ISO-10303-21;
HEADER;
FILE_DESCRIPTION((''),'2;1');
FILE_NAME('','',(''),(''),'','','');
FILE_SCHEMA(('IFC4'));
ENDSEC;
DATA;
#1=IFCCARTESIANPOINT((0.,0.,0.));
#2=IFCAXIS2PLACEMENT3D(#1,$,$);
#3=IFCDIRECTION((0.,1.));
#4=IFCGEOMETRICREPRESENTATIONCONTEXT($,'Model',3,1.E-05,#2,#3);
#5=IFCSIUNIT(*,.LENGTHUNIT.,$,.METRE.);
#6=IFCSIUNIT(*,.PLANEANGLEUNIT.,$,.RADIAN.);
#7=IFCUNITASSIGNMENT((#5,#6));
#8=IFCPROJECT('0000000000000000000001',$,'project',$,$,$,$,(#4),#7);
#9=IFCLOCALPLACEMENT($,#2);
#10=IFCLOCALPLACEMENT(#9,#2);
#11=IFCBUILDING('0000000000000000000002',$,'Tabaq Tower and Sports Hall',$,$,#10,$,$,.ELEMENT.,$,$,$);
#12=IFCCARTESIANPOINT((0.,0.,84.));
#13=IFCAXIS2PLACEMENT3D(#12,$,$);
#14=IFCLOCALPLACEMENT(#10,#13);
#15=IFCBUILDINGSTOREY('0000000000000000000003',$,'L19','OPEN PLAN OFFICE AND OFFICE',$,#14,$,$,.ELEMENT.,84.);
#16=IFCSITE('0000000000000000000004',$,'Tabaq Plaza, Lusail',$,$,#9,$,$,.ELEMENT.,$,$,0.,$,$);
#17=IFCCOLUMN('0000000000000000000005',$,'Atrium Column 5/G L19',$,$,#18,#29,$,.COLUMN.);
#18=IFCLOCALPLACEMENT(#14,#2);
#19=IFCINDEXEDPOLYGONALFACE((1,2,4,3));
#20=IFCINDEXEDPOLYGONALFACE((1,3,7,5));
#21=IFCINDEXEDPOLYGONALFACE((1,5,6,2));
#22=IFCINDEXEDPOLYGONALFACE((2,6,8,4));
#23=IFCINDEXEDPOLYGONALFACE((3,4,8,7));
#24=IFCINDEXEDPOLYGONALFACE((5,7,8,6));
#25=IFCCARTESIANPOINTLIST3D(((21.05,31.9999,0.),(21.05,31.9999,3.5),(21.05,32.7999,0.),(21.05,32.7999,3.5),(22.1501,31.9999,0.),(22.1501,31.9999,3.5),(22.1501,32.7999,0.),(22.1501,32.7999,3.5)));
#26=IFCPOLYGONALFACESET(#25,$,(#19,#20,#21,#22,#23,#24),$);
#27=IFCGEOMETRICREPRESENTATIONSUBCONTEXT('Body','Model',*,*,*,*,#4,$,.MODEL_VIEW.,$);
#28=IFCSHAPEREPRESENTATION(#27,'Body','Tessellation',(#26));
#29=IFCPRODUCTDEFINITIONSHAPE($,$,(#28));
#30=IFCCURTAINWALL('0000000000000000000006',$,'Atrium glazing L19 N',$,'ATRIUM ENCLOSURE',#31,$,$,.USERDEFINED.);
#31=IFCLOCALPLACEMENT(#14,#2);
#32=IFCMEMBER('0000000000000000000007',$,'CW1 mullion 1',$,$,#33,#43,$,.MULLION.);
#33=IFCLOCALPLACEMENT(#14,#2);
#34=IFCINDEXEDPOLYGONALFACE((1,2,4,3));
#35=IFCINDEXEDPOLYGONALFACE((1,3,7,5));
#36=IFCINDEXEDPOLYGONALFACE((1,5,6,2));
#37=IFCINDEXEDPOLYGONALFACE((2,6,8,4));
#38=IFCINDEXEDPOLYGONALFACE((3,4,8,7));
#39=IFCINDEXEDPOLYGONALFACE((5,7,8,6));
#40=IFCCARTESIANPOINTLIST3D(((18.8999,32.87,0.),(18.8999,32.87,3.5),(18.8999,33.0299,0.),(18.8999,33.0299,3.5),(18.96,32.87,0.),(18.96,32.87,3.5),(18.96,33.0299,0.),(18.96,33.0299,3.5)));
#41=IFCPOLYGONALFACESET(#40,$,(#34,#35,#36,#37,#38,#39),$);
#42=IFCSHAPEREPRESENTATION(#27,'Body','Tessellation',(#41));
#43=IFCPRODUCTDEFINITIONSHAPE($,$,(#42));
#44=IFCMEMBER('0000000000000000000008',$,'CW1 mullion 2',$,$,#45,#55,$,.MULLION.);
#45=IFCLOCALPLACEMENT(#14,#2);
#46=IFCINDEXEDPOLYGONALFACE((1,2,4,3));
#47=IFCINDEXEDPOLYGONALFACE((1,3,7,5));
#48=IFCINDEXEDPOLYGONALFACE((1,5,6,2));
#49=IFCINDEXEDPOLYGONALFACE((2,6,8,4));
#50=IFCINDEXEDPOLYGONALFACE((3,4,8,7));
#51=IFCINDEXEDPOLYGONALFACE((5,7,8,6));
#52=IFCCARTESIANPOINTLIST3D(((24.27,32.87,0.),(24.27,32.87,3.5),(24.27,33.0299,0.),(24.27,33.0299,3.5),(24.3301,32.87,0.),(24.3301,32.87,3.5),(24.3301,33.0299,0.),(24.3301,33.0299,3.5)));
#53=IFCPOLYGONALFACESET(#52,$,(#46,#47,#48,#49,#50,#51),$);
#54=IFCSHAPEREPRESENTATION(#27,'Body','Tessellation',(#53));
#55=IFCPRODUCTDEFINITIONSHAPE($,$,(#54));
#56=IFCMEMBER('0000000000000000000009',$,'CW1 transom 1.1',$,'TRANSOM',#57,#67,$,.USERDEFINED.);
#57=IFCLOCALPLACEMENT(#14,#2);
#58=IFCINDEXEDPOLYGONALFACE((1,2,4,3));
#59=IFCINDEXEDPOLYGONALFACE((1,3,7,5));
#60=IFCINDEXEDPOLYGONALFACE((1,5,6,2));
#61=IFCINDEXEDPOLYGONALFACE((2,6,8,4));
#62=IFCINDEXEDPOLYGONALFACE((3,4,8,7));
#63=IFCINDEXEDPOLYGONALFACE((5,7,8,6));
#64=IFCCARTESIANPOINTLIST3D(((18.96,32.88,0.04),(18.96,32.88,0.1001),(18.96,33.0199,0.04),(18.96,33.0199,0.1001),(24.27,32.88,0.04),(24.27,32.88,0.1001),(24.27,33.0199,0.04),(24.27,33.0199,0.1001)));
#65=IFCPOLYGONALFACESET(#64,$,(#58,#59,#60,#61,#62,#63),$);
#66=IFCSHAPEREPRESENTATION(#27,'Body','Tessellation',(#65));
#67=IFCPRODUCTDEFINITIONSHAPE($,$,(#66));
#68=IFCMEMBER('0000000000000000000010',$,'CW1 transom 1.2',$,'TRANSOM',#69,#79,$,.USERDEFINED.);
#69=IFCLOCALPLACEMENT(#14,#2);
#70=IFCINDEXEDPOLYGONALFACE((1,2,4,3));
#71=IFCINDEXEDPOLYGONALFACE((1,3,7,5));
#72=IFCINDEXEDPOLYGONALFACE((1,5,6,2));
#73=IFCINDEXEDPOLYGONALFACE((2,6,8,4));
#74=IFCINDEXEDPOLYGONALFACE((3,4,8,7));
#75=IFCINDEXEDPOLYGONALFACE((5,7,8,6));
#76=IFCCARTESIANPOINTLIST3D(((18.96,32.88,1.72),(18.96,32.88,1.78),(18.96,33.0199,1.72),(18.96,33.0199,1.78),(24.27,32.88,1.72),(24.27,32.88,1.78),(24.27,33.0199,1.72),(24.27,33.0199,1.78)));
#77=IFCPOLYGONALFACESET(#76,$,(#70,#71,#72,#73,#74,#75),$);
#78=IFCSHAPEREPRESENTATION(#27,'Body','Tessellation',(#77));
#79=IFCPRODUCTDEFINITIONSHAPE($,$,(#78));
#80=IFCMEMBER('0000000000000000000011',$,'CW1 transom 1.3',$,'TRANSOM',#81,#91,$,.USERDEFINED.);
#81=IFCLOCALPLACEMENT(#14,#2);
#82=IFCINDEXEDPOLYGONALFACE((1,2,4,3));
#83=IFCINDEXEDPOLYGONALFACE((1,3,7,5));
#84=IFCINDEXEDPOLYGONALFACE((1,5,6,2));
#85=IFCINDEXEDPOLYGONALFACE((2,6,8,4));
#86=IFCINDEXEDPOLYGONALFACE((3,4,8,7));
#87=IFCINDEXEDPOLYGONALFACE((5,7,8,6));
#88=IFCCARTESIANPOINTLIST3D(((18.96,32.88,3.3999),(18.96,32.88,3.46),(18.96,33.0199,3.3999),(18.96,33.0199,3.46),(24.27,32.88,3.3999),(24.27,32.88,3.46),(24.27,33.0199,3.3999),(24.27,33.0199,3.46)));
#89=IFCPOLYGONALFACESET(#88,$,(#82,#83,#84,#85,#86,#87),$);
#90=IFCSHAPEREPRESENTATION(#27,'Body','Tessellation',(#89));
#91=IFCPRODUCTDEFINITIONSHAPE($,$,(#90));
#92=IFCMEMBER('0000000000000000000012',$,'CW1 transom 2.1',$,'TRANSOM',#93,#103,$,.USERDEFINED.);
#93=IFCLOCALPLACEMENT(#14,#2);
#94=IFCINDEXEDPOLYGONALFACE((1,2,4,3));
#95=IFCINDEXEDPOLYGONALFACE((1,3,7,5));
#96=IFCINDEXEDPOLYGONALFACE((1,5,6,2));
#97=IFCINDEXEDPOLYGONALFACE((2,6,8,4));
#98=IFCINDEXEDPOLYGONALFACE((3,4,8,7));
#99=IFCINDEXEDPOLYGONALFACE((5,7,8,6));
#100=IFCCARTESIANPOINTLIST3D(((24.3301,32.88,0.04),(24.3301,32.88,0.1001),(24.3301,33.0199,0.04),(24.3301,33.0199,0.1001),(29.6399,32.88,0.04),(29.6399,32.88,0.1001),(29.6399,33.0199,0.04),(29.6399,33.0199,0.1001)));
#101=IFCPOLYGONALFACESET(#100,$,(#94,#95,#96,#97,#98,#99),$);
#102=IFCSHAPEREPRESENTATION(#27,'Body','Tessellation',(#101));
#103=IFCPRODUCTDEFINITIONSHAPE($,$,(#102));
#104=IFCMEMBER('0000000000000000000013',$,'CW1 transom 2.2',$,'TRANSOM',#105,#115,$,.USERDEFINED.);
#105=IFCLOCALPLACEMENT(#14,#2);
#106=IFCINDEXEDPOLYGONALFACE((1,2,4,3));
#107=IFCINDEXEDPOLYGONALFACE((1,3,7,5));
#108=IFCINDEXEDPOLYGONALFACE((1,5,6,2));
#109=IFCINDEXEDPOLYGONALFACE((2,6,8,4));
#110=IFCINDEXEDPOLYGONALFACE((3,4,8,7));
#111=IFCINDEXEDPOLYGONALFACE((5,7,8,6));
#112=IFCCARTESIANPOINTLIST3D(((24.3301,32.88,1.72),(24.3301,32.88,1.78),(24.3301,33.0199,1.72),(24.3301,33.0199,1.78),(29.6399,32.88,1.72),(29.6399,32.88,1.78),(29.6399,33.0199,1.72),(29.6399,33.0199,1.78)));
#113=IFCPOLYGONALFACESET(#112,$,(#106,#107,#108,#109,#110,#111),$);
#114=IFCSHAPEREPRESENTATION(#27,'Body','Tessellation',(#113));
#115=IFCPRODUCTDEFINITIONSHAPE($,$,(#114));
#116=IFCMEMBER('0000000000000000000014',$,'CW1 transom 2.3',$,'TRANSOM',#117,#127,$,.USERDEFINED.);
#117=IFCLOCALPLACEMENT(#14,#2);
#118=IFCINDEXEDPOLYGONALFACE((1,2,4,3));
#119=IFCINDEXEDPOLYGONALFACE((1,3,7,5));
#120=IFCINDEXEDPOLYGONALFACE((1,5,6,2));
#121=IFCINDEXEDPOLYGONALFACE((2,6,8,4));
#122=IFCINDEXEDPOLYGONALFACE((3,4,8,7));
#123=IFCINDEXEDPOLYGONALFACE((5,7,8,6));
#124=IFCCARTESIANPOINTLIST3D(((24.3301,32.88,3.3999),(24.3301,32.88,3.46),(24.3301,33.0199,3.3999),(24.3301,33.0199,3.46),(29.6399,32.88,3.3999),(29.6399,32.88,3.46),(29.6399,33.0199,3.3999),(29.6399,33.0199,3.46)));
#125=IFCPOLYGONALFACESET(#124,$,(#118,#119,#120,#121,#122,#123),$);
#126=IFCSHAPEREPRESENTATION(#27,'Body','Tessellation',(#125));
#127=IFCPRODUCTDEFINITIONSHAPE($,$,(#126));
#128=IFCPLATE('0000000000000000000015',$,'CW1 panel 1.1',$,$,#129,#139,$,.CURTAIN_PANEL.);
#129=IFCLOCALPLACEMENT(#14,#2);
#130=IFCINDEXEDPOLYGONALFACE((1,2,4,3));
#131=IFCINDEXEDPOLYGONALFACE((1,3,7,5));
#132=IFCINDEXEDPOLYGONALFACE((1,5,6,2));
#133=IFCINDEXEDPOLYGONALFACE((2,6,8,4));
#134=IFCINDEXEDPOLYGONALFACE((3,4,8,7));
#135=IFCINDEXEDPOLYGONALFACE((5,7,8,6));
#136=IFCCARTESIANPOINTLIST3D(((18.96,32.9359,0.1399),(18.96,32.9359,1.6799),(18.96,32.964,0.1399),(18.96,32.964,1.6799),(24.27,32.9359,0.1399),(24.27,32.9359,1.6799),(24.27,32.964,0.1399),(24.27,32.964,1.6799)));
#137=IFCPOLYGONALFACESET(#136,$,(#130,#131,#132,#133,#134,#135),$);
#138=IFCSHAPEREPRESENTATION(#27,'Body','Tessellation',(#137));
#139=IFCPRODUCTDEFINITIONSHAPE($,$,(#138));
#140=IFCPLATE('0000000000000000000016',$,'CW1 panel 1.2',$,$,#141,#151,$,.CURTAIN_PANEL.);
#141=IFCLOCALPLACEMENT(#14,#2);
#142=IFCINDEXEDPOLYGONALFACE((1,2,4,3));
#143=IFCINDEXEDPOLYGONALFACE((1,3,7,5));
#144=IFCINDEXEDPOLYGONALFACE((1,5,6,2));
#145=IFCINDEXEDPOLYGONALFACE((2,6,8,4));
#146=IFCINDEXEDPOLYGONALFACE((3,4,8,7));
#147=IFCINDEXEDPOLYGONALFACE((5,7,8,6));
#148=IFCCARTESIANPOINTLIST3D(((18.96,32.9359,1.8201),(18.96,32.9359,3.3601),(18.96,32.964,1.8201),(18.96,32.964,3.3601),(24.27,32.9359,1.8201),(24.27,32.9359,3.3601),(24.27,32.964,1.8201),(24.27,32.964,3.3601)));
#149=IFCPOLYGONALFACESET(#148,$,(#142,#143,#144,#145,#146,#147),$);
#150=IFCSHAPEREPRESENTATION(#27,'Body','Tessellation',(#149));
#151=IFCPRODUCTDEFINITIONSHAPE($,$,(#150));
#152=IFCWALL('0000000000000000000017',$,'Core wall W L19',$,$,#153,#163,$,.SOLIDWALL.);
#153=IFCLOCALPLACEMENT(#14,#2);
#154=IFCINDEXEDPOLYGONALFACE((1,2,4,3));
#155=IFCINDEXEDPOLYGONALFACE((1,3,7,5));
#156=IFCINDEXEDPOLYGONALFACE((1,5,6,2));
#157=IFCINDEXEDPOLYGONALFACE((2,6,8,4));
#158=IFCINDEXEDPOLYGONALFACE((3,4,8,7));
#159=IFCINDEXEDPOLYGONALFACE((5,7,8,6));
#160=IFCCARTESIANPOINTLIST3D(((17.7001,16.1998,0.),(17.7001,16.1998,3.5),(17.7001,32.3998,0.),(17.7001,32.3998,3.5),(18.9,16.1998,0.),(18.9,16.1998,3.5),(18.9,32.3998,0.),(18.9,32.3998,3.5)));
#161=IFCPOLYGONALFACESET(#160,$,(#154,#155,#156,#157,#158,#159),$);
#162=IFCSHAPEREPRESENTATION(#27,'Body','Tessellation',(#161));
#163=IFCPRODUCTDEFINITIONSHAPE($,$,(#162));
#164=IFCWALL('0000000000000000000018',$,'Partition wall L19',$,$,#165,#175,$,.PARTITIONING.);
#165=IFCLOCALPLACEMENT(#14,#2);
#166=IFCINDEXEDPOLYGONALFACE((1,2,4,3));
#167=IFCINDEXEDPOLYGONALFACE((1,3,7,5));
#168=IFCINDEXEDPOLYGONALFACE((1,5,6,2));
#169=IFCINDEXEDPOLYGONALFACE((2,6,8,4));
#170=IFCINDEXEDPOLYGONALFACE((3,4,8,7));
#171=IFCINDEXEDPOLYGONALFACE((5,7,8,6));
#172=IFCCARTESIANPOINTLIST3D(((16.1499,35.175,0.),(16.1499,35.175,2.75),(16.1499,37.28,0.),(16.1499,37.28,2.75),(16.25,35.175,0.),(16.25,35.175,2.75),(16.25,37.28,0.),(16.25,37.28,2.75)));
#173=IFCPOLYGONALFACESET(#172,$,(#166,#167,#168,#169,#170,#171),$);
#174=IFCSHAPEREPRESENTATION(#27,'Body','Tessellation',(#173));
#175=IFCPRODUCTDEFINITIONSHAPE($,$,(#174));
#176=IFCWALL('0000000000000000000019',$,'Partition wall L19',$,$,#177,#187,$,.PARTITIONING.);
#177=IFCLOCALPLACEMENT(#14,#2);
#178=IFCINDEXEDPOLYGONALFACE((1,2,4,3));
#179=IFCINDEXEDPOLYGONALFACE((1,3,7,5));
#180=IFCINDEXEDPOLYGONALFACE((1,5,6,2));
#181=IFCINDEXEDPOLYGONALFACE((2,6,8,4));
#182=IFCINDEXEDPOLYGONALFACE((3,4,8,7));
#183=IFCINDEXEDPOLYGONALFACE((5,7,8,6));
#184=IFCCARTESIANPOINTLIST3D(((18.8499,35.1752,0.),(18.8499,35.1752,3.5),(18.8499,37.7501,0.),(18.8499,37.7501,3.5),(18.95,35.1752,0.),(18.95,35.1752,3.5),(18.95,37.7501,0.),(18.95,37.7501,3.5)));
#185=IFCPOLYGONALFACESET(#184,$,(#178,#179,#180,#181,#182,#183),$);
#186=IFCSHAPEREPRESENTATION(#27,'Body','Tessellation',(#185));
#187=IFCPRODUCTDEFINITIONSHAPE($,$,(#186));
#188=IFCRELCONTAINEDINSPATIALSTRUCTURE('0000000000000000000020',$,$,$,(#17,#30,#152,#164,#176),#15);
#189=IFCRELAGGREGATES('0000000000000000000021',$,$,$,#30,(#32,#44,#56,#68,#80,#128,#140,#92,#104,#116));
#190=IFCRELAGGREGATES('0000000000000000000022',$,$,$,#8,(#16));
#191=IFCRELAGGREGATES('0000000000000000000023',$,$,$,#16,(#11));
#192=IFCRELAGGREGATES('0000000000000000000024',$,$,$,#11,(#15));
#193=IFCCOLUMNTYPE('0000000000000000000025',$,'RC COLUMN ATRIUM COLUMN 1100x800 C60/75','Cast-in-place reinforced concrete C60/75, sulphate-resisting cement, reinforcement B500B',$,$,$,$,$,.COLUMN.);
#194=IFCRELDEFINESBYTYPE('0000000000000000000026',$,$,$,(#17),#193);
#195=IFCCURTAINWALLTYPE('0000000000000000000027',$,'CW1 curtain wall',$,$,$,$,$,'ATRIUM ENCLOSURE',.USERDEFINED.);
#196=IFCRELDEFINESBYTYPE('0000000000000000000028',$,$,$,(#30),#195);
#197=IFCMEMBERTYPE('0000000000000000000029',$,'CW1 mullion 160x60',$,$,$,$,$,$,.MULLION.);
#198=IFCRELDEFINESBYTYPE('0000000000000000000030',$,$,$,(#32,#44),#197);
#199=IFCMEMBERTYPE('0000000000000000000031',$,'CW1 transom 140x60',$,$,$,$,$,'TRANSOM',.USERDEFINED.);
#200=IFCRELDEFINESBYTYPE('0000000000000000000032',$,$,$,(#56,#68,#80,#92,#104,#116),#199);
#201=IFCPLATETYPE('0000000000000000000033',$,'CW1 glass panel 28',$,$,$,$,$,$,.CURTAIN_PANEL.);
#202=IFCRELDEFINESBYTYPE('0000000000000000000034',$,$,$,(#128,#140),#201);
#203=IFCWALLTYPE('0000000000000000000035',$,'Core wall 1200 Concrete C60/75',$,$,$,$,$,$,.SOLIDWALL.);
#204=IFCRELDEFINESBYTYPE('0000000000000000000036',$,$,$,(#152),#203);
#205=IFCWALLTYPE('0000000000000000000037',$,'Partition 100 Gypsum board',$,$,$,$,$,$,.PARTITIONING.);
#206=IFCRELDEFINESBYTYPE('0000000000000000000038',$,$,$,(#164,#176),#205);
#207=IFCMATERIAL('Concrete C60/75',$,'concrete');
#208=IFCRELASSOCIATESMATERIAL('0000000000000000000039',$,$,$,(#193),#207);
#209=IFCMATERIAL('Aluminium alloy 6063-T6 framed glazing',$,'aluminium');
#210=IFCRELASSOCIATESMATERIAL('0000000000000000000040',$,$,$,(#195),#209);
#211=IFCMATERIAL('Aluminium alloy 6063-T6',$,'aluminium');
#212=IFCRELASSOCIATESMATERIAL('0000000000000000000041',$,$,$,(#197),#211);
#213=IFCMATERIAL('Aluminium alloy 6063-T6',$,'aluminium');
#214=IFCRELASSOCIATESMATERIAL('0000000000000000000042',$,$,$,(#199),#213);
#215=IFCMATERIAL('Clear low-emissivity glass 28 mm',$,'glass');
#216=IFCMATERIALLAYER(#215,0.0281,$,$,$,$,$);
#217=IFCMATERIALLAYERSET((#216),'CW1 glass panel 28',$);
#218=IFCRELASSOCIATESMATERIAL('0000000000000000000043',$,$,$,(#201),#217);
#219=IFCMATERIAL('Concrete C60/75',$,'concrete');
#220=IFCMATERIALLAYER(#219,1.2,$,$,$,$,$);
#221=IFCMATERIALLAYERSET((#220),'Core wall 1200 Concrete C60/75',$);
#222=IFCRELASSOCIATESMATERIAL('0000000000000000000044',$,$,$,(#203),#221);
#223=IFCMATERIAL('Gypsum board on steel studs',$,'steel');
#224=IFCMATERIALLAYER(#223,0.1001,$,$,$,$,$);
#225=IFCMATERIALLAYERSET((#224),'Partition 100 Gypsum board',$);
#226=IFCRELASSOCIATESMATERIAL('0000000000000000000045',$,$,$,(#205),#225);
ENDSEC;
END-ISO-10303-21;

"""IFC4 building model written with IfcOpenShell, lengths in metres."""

from ifc_helpers import new_model, si_unit, direction, frame, frame_2d, origin, origin_2d, place, context, subcontext, project, spatial, rectangle, extrude, material, layer, layer_set, material_profile, profile_set, type_object, element, aggregate, save


model = new_model("IFC4")

# Units and contexts
model_context = context("Model", 3, precision=1e-05, world=origin(), true_north=direction((0.0, 1.0)))
body_context = subcontext(model_context, "Body", "Model", "MODEL_VIEW")
ifc_project = project(units=[si_unit("LENGTHUNIT", "METRE"), si_unit("PLANEANGLEUNIT", "RADIAN")], contexts=[model_context])

# Site, building, storey
site_placement = place(None, origin())
site = spatial("IfcSite", under=ifc_project, at=site_placement, Name="Tabaq Plaza, Lusail", CompositionType="ELEMENT", RefElevation=0.0)
building_placement = place(site_placement, origin())
building = spatial("IfcBuilding", under=site, at=building_placement, Name="Tabaq Tower and Sports Hall", CompositionType="ELEMENT")
storey_placement = place(building_placement, frame((0.0, 0.0, 84.0)))
storey = spatial("IfcBuildingStorey", under=building, at=storey_placement, Name="L19", Description="OPEN PLAN OFFICE AND OFFICE", CompositionType="ELEMENT", Elevation=84.0)

# Column
ifc_material_1 = material(Name="Concrete C60/75", Category="concrete")
ifc_material_profile_1 = material_profile(ifc_material_1, rectangle(XDim=1.1001, YDim=0.8, at=origin_2d()), Name="ATRIUM COLUMN 1100x800")
ifc_profile_set_1 = profile_set([ifc_material_profile_1], Name="Concrete C60/75")
column_type = type_object("IfcColumnType", Name="RC COLUMN ATRIUM COLUMN 1100x800 C60/75", Description="Cast-in-place reinforced concrete C60/75, sulphate-resisting cement, reinforcement B500B", PredefinedType="COLUMN", material=ifc_profile_set_1)
column_placement = place(storey_placement, frame((21.6001, 32.3999, 0.0), z_axis=(0.0, 0.0, 1.0), x_axis=(1.0, 0.0, 0.0)))
element("IfcColumn", 1, at=column_placement, inside=storey, type_object=column_type, Name="Atrium Column 5/G L19", PredefinedType="COLUMN", context=body_context, shape_type="SweptSolid", body=[
    extrude(rectangle(XDim=1.1001, YDim=0.8, at=origin_2d()), origin(), (0.0, 0.0, 1.0), 3.5),
])

# Curtain wall, members, plates
ifc_material_2 = material(Name="Aluminium alloy 6063-T6 framed glazing", Category="aluminium")
curtain_wall_type = type_object("IfcCurtainWallType", Name="CW1 curtain wall", ElementType="ATRIUM ENCLOSURE", PredefinedType="USERDEFINED", material=ifc_material_2)
curtain_wall_placement = place(storey_placement, origin())
curtain_wall = element("IfcCurtainWall", 2, at=curtain_wall_placement, inside=storey, type_object=curtain_wall_type, Name="Atrium glazing L19 N", ObjectType="ATRIUM ENCLOSURE", PredefinedType="USERDEFINED")
ifc_material_3 = material(Name="Aluminium alloy 6063-T6", Category="aluminium")
ifc_material_profile_2 = material_profile(ifc_material_3, rectangle(XDim=0.1599, YDim=0.0601, at=origin_2d()), Name="MULLION 160x60")
ifc_profile_set_2 = profile_set([ifc_material_profile_2], Name="Aluminium alloy 6063-T6")
member_type_1 = type_object("IfcMemberType", Name="CW1 mullion 160x60", PredefinedType="MULLION", material=ifc_profile_set_2)
member_1_placement = place(storey_placement, frame((18.9299, 32.95, 0.0), z_axis=(0.0, 0.0, 1.0), x_axis=(0.0, 1.0, 0.0)))
member_1 = element("IfcMember", 3, at=member_1_placement, type_object=member_type_1, Name="CW1 mullion 1", PredefinedType="MULLION", context=body_context, shape_type="SweptSolid", body=[
    extrude(rectangle(XDim=0.1599, YDim=0.0601, at=origin_2d()), origin(), (0.0, 0.0, 1.0), 3.5),
])
member_2_placement = place(storey_placement, frame((24.3, 32.95, 0.0), z_axis=(0.0, 0.0, 1.0), x_axis=(0.0, 1.0, 0.0)))
member_2 = element("IfcMember", 4, at=member_2_placement, type_object=member_type_1, Name="CW1 mullion 2", PredefinedType="MULLION", context=body_context, shape_type="SweptSolid", body=[
    extrude(rectangle(XDim=0.1599, YDim=0.0601, at=origin_2d()), origin(), (0.0, 0.0, 1.0), 3.5),
])
ifc_material_4 = material(Name="Aluminium alloy 6063-T6", Category="aluminium")
ifc_material_profile_3 = material_profile(ifc_material_4, rectangle(XDim=0.1399, YDim=0.0601, at=origin_2d()), Name="TRANSOM 140x60")
ifc_profile_set_3 = profile_set([ifc_material_profile_3], Name="Aluminium alloy 6063-T6")
member_type_2 = type_object("IfcMemberType", Name="CW1 transom 140x60", ElementType="TRANSOM", PredefinedType="USERDEFINED", material=ifc_profile_set_3)
member_3_placement = place(storey_placement, frame((18.96, 32.95, 0.0701), z_axis=(1.0, 0.0, 0.0), x_axis=(0.0, 1.0, 0.0)))
member_3 = element("IfcMember", 5, at=member_3_placement, type_object=member_type_2, Name="CW1 transom 1.1", ObjectType="TRANSOM", PredefinedType="USERDEFINED", context=body_context, shape_type="SweptSolid", body=[
    extrude(rectangle(XDim=0.1399, YDim=0.0601, at=origin_2d()), origin(), (0.0, 0.0, 1.0), 5.3101),
])
member_4_placement = place(storey_placement, frame((18.96, 32.95, 1.75), z_axis=(1.0, 0.0, 0.0), x_axis=(0.0, 1.0, 0.0)))
member_4 = element("IfcMember", 6, at=member_4_placement, type_object=member_type_2, Name="CW1 transom 1.2", ObjectType="TRANSOM", PredefinedType="USERDEFINED", context=body_context, shape_type="SweptSolid", body=[
    extrude(rectangle(XDim=0.1399, YDim=0.0601, at=origin_2d()), origin(), (0.0, 0.0, 1.0), 5.3101),
])
member_5_placement = place(storey_placement, frame((18.96, 32.95, 3.4299), z_axis=(1.0, 0.0, 0.0), x_axis=(0.0, 1.0, 0.0)))
member_5 = element("IfcMember", 7, at=member_5_placement, type_object=member_type_2, Name="CW1 transom 1.3", ObjectType="TRANSOM", PredefinedType="USERDEFINED", context=body_context, shape_type="SweptSolid", body=[
    extrude(rectangle(XDim=0.1399, YDim=0.0601, at=origin_2d()), origin(), (0.0, 0.0, 1.0), 5.3101),
])
member_6_placement = place(storey_placement, frame((24.3301, 32.95, 0.0701), z_axis=(1.0, 0.0, 0.0), x_axis=(0.0, 1.0, 0.0)))
member_6 = element("IfcMember", 8, at=member_6_placement, type_object=member_type_2, Name="CW1 transom 2.1", ObjectType="TRANSOM", PredefinedType="USERDEFINED", context=body_context, shape_type="SweptSolid", body=[
    extrude(rectangle(XDim=0.1399, YDim=0.0601, at=origin_2d()), origin(), (0.0, 0.0, 1.0), 5.3098),
])
member_7_placement = place(storey_placement, frame((24.3301, 32.95, 1.75), z_axis=(1.0, 0.0, 0.0), x_axis=(0.0, 1.0, 0.0)))
member_7 = element("IfcMember", 9, at=member_7_placement, type_object=member_type_2, Name="CW1 transom 2.2", ObjectType="TRANSOM", PredefinedType="USERDEFINED", context=body_context, shape_type="SweptSolid", body=[
    extrude(rectangle(XDim=0.1399, YDim=0.0601, at=origin_2d()), origin(), (0.0, 0.0, 1.0), 5.3098),
])
member_8_placement = place(storey_placement, frame((24.3301, 32.95, 3.4299), z_axis=(1.0, 0.0, 0.0), x_axis=(0.0, 1.0, 0.0)))
member_8 = element("IfcMember", 10, at=member_8_placement, type_object=member_type_2, Name="CW1 transom 2.3", ObjectType="TRANSOM", PredefinedType="USERDEFINED", context=body_context, shape_type="SweptSolid", body=[
    extrude(rectangle(XDim=0.1399, YDim=0.0601, at=origin_2d()), origin(), (0.0, 0.0, 1.0), 5.3098),
])
ifc_material_5 = material(Name="Clear low-emissivity glass 28 mm", Category="glass")
ifc_layer_1 = layer(ifc_material_5, 0.0281)
ifc_layer_set_1 = layer_set([ifc_layer_1], Name="CW1 glass panel 28")
plate_type = type_object("IfcPlateType", Name="CW1 glass panel 28", PredefinedType="CURTAIN_PANEL", material=ifc_layer_set_1)
plate_1_placement = place(storey_placement, frame((21.615, 32.95, 0.1399), z_axis=(0.0, 0.0, 1.0), x_axis=(1.0, 0.0, 0.0)))
plate_1 = element("IfcPlate", 11, at=plate_1_placement, type_object=plate_type, Name="CW1 panel 1.1", PredefinedType="CURTAIN_PANEL", context=body_context, shape_type="SweptSolid", body=[
    extrude(rectangle(XDim=5.3101, YDim=0.0281, at=origin_2d()), origin(), (0.0, 0.0, 1.0), 1.54),
])
plate_2_placement = place(storey_placement, frame((21.615, 32.95, 1.8201), z_axis=(0.0, 0.0, 1.0), x_axis=(1.0, 0.0, 0.0)))
plate_2 = element("IfcPlate", 12, at=plate_2_placement, type_object=plate_type, Name="CW1 panel 1.2", PredefinedType="CURTAIN_PANEL", context=body_context, shape_type="SweptSolid", body=[
    extrude(rectangle(XDim=5.3101, YDim=0.0281, at=origin_2d()), origin(), (0.0, 0.0, 1.0), 1.54),
])
aggregate(curtain_wall, [member_1, member_2, member_3, member_4, member_5, plate_1, plate_2, member_6, member_7, member_8])

# Walls
ifc_material_6 = material(Name="Concrete C60/75", Category="concrete")
ifc_layer_2 = layer(ifc_material_6, 1.2)
ifc_layer_set_2 = layer_set([ifc_layer_2], Name="Core wall 1200 Concrete C60/75")
wall_type_1 = type_object("IfcWallType", Name="Core wall 1200 Concrete C60/75", PredefinedType="SOLIDWALL", material=ifc_layer_set_2)
wall_1_placement = place(storey_placement, frame((18.3, 32.3999, 0.0), z_axis=(0.0, 0.0, 1.0), x_axis=(0.0, -1.0, 0.0)))
element("IfcWall", 13, at=wall_1_placement, inside=storey, type_object=wall_type_1, Name="Core wall W L19", PredefinedType="SOLIDWALL", context=body_context, shape_type="SweptSolid", body=[
    extrude(rectangle(XDim=16.2, YDim=1.2, at=frame_2d((8.1001, 0.0))), origin(), (0.0, 0.0, 1.0), 3.5),
])
ifc_material_7 = material(Name="Gypsum board on steel studs", Category="steel")
ifc_layer_3 = layer(ifc_material_7, 0.1001)
ifc_layer_set_3 = layer_set([ifc_layer_3], Name="Partition 100 Gypsum board")
wall_type_2 = type_object("IfcWallType", Name="Partition 100 Gypsum board", PredefinedType="PARTITIONING", material=ifc_layer_set_3)
wall_2_placement = place(storey_placement, frame((16.2, 35.175, 0.0), z_axis=(0.0, 0.0, 1.0), x_axis=(0.0, 1.0, 0.0)))
element("IfcWall", 14, at=wall_2_placement, inside=storey, type_object=wall_type_2, Name="Partition wall L19", PredefinedType="PARTITIONING", context=body_context, shape_type="SweptSolid", body=[
    extrude(rectangle(XDim=2.105, YDim=0.1001, at=frame_2d((1.0525, 0.0))), origin(), (0.0, 0.0, 1.0), 2.75),
])
wall_3_placement = place(storey_placement, frame((18.8999, 35.175, 0.0), z_axis=(0.0, 0.0, 1.0), x_axis=(0.0, 1.0, 0.0)))
element("IfcWall", 15, at=wall_3_placement, inside=storey, type_object=wall_type_2, Name="Partition wall L19", PredefinedType="PARTITIONING", context=body_context, shape_type="SweptSolid", body=[
    extrude(rectangle(XDim=2.575, YDim=0.1001, at=frame_2d((1.2876, 0.0))), origin(), (0.0, 0.0, 1.0), 3.5),
])

save(model, "model.ifc")
